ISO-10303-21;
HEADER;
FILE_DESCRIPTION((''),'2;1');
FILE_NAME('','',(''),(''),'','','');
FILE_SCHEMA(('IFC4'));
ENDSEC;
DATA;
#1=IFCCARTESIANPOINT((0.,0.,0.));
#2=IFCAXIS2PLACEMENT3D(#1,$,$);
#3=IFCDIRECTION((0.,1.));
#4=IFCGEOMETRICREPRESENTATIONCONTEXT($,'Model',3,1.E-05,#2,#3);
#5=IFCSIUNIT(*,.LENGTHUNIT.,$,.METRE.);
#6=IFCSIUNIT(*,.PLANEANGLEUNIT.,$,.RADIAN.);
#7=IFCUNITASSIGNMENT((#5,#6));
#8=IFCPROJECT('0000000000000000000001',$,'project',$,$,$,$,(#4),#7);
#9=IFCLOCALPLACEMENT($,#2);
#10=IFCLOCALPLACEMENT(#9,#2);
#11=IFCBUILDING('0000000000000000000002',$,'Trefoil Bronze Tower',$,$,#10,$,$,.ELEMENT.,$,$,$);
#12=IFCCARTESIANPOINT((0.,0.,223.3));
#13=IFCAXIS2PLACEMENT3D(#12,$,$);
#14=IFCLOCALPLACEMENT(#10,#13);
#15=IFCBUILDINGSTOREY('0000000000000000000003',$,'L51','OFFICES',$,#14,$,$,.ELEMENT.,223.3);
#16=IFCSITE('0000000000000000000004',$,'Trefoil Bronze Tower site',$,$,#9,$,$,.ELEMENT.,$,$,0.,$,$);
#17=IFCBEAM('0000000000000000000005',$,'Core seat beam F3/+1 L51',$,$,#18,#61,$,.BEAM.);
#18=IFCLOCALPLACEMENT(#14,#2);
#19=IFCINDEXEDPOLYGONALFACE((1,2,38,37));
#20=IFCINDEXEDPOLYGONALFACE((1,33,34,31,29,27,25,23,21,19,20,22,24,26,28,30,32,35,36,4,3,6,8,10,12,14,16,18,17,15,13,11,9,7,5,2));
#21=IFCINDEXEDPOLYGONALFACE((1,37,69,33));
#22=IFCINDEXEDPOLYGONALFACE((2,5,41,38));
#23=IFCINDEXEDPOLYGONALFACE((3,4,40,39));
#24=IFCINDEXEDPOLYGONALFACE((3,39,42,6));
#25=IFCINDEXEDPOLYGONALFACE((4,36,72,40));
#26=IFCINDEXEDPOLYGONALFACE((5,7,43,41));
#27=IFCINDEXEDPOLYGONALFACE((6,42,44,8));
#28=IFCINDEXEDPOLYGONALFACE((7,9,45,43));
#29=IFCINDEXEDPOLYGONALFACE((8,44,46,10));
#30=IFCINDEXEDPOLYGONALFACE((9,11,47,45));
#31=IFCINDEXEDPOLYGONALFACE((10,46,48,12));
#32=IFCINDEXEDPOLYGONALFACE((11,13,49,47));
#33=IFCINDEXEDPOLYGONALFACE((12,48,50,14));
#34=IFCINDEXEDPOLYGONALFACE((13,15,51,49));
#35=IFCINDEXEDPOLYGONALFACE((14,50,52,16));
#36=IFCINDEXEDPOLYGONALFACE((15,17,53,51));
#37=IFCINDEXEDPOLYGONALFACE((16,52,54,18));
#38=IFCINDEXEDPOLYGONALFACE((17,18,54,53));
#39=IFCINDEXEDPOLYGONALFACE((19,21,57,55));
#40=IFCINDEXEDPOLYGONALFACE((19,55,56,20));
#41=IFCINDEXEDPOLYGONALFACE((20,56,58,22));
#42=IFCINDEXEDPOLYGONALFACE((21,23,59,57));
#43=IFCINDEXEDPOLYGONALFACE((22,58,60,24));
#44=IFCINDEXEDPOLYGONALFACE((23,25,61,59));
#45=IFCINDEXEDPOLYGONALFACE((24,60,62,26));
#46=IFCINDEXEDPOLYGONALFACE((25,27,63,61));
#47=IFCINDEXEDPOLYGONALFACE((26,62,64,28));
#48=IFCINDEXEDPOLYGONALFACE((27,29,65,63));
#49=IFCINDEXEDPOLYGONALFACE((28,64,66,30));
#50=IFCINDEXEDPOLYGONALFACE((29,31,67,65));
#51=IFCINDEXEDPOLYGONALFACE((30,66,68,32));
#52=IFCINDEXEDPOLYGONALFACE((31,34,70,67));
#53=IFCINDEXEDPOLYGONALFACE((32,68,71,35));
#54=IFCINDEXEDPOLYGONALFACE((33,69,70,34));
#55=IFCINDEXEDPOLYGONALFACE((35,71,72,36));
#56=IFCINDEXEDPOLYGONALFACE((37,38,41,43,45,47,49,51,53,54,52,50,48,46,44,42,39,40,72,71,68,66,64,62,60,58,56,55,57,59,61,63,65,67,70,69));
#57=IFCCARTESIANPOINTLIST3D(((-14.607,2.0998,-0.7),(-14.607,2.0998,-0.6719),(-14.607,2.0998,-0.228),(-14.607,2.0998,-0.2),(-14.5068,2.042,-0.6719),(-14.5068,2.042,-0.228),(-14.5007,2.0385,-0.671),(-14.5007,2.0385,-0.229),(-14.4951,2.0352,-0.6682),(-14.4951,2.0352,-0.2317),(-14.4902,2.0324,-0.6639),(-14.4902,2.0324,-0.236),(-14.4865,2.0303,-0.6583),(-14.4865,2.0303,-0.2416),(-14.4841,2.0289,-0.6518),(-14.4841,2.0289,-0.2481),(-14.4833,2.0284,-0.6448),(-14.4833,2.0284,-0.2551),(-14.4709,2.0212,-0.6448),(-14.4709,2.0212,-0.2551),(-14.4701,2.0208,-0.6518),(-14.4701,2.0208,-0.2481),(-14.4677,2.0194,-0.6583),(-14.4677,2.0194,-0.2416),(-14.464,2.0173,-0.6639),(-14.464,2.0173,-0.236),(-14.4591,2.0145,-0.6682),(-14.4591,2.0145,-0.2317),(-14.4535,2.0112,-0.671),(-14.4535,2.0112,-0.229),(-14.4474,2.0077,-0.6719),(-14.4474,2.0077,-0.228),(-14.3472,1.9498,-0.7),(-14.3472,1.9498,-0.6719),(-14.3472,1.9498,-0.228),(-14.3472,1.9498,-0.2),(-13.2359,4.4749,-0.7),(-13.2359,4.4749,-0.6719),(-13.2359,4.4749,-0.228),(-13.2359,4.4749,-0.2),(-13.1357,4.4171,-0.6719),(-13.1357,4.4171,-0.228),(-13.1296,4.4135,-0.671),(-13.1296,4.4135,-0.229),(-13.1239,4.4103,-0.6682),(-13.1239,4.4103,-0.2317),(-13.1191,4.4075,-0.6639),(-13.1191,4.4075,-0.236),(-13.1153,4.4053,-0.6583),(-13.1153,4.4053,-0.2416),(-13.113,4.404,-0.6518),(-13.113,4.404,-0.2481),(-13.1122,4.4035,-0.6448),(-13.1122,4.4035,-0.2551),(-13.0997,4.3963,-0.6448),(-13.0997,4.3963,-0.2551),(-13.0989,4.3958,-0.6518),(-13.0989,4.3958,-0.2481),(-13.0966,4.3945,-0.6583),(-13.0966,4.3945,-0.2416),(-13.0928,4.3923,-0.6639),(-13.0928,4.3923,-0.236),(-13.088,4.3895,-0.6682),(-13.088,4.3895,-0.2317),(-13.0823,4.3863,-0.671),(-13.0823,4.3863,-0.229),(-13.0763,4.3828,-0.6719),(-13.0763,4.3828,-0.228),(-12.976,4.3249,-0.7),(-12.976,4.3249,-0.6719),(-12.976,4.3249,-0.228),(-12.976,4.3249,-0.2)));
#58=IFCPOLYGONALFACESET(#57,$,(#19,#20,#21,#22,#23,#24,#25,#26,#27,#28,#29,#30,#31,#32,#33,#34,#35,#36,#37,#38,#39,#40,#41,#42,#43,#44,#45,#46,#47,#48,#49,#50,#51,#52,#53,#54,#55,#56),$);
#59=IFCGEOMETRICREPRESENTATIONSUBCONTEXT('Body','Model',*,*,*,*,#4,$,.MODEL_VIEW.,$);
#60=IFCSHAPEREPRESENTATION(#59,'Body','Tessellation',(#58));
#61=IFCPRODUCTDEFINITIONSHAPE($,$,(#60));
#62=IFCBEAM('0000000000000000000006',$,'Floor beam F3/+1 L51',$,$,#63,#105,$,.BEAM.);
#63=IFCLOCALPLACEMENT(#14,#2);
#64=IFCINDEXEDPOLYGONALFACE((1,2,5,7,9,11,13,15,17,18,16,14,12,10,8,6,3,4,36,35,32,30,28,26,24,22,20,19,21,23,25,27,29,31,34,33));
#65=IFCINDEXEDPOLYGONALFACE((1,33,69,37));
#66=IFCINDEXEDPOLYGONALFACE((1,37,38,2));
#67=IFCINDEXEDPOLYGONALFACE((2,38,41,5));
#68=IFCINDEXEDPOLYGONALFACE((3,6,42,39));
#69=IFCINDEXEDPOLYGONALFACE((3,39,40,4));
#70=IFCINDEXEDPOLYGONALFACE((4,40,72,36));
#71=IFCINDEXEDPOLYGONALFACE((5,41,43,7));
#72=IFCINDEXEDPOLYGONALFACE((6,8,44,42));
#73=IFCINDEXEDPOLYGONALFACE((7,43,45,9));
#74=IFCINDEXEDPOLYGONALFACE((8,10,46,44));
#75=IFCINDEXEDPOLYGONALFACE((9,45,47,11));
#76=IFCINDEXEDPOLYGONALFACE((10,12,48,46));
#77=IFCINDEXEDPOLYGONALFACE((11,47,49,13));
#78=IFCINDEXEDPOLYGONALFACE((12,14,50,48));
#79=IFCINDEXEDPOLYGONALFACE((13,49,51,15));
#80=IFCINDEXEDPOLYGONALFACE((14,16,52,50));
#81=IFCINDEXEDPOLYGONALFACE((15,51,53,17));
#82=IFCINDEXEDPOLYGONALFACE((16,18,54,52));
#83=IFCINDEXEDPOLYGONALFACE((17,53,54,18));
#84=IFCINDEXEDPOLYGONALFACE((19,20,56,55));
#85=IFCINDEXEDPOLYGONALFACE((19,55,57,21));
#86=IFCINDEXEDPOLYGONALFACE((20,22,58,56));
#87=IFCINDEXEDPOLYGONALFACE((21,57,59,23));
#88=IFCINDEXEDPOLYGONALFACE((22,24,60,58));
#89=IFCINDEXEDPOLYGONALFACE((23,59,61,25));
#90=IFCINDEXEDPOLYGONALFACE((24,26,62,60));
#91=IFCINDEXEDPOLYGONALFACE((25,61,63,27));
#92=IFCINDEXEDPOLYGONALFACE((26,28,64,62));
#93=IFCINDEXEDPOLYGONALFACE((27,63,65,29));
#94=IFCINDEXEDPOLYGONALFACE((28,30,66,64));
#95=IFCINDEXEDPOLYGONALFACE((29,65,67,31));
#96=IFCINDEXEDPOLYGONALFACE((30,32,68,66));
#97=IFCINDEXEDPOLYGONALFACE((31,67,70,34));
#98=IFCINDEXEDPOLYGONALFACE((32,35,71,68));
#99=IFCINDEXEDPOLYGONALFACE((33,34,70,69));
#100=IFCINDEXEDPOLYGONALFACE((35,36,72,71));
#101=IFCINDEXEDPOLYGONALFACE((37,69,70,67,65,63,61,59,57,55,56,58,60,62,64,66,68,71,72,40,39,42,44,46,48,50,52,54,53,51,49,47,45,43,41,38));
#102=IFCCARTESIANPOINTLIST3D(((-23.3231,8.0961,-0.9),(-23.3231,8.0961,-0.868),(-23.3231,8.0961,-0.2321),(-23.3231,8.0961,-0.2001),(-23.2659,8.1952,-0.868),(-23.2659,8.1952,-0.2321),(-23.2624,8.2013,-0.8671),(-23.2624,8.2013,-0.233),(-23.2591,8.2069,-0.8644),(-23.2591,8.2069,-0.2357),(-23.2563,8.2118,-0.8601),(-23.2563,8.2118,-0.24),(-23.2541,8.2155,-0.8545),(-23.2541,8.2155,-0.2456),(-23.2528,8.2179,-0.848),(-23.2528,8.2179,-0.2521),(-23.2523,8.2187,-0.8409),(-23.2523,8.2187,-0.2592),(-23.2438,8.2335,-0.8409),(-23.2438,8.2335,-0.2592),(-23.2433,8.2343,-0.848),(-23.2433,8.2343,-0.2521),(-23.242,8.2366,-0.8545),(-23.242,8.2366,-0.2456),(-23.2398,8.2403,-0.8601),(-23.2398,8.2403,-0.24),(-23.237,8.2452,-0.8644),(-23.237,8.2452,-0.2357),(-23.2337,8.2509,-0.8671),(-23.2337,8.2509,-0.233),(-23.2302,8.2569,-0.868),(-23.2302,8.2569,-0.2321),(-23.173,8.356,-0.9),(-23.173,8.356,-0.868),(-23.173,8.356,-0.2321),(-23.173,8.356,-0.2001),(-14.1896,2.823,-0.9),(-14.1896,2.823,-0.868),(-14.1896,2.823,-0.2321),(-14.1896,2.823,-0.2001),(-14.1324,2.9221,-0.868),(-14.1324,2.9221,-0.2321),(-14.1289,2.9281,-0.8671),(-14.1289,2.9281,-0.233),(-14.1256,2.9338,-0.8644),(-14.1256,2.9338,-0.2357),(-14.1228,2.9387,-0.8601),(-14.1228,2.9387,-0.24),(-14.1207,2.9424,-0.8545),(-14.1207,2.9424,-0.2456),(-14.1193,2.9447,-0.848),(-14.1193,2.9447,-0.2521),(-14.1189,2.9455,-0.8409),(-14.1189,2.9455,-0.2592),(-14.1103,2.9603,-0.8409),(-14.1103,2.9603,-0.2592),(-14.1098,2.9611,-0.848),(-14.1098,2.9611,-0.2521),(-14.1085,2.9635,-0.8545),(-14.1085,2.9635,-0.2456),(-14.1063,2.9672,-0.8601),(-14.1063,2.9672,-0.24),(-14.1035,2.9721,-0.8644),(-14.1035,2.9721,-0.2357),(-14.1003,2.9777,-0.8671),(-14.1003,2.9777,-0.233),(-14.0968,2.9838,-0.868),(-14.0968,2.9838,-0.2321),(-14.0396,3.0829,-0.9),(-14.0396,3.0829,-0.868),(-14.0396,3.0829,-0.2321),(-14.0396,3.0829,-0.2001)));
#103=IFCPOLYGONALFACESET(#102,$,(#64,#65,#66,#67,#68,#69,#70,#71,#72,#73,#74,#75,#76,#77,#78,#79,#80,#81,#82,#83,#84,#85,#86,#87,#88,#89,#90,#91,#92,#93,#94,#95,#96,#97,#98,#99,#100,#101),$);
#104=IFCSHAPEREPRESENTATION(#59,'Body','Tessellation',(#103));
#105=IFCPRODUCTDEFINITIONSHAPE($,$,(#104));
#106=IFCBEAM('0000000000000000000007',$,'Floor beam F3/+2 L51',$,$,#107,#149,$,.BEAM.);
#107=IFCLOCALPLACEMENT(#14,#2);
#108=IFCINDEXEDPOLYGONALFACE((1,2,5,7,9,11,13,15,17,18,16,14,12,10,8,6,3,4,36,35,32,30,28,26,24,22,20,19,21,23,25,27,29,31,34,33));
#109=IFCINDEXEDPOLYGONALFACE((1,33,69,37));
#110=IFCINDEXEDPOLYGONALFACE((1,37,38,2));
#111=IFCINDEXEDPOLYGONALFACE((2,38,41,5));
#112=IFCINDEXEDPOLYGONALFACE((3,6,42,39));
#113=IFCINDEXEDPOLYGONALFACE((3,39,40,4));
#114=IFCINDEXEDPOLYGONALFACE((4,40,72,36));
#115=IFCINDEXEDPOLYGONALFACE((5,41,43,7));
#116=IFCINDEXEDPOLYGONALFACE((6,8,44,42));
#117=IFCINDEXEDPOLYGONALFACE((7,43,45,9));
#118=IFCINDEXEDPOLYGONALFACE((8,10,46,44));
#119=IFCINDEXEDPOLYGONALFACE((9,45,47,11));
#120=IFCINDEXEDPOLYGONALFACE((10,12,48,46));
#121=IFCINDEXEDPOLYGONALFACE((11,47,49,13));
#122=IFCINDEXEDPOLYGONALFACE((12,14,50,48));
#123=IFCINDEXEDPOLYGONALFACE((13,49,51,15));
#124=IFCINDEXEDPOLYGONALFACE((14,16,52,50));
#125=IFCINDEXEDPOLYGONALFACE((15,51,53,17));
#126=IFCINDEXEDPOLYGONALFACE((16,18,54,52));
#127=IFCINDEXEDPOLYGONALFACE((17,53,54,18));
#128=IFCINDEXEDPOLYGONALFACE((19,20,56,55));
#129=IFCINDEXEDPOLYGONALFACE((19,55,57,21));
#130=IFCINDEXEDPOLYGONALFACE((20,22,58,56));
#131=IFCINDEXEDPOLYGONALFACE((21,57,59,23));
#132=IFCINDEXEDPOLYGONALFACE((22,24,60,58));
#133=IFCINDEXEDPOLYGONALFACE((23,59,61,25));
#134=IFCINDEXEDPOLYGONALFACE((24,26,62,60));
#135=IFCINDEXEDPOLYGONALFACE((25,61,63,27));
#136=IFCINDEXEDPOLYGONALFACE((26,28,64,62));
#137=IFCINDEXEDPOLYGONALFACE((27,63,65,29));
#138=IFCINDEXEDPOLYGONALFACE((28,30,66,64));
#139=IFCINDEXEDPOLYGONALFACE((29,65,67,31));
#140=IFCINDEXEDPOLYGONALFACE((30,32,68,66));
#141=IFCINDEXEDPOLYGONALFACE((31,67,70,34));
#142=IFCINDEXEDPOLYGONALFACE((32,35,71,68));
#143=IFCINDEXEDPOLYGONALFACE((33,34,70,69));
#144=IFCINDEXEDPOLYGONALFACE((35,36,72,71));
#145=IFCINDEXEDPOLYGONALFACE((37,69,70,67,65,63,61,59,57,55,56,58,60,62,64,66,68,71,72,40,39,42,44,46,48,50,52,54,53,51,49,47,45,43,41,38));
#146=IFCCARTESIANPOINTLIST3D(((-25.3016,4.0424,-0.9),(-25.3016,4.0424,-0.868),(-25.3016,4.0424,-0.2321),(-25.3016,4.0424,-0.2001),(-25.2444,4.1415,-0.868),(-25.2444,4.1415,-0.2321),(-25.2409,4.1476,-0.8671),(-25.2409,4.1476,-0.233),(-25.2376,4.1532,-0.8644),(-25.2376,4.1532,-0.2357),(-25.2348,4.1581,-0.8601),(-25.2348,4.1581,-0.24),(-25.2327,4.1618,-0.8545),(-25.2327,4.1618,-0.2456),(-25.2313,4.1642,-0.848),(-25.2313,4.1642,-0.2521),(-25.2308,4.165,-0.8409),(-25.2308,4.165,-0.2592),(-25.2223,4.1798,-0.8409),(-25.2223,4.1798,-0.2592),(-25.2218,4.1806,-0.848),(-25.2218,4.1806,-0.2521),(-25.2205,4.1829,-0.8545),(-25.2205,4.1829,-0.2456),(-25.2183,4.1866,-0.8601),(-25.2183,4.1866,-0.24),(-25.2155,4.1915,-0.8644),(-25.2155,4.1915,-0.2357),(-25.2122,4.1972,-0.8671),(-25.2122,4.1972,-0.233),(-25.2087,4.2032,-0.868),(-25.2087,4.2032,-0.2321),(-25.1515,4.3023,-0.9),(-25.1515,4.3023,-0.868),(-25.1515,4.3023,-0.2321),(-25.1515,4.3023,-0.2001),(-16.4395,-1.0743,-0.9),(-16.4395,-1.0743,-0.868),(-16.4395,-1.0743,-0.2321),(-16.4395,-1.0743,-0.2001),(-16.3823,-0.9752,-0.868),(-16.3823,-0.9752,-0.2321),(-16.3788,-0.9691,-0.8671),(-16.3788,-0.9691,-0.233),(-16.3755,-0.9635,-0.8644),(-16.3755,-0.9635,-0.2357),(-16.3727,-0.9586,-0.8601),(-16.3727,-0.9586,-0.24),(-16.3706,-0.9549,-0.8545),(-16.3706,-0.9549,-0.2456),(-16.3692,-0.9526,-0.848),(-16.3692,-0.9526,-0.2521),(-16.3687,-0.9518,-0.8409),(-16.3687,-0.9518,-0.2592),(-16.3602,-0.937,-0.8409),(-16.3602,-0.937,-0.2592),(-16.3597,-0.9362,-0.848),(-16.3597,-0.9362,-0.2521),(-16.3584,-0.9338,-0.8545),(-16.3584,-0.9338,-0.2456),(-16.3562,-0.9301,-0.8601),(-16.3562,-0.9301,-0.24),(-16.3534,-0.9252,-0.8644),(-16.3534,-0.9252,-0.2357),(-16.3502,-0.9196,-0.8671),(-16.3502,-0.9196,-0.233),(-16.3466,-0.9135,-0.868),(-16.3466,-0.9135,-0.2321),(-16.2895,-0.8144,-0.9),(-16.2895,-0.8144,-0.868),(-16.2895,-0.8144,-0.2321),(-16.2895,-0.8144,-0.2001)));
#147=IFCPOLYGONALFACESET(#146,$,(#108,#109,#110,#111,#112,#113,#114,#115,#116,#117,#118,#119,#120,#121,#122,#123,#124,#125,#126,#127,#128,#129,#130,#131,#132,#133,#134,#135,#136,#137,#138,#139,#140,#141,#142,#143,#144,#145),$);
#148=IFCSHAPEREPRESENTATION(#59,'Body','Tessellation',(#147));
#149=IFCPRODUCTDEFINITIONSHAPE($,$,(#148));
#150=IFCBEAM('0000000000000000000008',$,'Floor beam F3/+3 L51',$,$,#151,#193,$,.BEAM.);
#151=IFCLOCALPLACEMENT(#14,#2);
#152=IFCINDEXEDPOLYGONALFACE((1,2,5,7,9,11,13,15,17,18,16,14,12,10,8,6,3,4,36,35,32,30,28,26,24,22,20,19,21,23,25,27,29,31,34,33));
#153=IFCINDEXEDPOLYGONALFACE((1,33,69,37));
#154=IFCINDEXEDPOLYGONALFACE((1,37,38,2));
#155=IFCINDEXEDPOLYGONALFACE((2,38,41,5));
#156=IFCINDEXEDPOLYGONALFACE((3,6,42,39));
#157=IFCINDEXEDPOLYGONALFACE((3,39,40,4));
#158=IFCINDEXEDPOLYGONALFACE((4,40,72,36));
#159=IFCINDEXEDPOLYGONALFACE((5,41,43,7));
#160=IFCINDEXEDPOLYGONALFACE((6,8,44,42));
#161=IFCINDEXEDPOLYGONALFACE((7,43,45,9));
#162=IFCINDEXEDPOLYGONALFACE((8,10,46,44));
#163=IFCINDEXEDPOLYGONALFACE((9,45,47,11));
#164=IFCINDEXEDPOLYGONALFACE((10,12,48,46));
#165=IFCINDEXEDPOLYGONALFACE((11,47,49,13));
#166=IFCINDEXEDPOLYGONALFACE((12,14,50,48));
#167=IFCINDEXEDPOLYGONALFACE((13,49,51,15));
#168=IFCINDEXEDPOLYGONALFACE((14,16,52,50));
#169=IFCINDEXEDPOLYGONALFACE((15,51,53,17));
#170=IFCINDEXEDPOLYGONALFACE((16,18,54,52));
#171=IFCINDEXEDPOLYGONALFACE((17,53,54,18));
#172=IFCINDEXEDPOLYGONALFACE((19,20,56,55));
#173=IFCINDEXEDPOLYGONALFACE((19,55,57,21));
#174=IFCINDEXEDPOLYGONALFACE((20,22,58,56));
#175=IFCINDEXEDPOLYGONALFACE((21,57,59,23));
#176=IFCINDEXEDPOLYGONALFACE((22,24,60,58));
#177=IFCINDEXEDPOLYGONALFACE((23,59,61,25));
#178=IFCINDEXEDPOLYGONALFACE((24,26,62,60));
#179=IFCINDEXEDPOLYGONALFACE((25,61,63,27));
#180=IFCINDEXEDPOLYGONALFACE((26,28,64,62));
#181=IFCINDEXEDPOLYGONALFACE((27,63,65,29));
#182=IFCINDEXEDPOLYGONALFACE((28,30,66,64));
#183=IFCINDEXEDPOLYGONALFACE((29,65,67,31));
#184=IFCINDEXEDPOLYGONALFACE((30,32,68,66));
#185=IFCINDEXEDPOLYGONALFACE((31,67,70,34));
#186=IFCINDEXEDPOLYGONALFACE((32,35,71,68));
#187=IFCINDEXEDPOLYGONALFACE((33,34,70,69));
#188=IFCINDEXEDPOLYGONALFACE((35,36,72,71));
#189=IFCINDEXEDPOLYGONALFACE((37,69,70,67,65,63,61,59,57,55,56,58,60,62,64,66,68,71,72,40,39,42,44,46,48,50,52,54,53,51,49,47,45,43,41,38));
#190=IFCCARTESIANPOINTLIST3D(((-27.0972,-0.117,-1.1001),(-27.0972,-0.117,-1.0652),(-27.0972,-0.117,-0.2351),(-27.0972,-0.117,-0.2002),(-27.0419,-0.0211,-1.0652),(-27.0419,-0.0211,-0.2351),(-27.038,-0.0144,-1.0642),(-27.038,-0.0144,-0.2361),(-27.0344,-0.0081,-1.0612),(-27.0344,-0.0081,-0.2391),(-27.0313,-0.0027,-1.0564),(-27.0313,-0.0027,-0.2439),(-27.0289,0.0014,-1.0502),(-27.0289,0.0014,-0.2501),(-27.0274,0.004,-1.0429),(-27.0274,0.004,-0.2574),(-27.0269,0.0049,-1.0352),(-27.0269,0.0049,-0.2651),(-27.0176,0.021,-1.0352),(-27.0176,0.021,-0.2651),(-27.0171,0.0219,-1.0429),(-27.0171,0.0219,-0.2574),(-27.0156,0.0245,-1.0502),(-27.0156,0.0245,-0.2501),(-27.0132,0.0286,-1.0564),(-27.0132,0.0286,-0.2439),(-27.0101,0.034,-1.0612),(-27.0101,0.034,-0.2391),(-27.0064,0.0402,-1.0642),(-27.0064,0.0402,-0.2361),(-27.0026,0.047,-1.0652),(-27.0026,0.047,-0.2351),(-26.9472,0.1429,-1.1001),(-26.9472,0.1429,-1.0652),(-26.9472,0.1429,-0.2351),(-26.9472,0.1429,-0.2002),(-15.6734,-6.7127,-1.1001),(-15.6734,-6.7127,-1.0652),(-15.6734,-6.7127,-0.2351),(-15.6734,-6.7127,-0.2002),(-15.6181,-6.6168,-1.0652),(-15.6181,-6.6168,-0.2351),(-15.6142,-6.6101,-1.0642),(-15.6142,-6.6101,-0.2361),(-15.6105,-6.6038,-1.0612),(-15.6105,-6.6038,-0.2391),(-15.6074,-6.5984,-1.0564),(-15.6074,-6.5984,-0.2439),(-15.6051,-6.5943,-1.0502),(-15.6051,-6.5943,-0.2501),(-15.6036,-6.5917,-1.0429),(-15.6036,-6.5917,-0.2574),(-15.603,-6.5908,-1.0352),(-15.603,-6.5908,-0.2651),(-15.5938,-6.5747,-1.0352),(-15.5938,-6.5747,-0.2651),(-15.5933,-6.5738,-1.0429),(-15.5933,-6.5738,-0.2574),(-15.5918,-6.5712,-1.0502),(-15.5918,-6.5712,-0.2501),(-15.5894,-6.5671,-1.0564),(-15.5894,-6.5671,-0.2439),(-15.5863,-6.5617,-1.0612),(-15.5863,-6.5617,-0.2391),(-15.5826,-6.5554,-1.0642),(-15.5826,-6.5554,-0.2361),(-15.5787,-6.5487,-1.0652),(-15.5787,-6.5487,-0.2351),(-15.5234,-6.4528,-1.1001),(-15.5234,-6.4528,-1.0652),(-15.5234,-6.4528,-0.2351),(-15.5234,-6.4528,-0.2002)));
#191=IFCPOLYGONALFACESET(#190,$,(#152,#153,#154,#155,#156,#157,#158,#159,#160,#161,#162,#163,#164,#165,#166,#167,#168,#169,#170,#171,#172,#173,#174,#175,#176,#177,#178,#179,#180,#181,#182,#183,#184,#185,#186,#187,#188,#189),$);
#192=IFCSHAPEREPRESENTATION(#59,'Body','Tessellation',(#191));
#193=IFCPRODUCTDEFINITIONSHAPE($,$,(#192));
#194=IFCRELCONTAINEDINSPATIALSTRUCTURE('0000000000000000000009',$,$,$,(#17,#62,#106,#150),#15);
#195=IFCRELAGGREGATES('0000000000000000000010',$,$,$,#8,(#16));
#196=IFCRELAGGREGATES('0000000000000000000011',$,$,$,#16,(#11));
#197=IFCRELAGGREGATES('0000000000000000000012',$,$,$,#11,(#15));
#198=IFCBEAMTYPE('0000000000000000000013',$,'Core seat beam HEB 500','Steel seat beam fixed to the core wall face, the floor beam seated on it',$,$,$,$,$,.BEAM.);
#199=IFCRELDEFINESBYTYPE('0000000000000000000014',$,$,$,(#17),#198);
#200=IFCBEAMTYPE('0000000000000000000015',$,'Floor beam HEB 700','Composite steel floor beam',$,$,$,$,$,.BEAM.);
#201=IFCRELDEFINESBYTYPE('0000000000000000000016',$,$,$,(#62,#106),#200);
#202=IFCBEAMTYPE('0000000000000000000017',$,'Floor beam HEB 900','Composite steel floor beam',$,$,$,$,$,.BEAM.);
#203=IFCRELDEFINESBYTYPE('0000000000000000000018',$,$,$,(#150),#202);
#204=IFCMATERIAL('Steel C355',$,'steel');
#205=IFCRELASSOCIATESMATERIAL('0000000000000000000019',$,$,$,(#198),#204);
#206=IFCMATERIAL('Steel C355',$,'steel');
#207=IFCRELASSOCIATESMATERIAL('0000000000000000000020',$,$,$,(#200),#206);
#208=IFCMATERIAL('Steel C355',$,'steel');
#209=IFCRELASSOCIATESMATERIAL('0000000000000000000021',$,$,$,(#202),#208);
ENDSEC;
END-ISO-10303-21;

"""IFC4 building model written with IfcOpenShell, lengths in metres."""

from ifc_helpers import new_model, si_unit, direction, frame, origin, origin_2d, place, context, subcontext, project, spatial, i_section, extrude, material, material_profile, profile_set, type_object, element, save


model = new_model("IFC4")

# Units and contexts
model_context = context("Model", 3, precision=1e-05, world=origin(), true_north=direction((0.0, 1.0)))
body_context = subcontext(model_context, "Body", "Model", "MODEL_VIEW")
ifc_project = project(units=[si_unit("LENGTHUNIT", "METRE"), si_unit("PLANEANGLEUNIT", "RADIAN")], contexts=[model_context])

# Site, building, storey
site_placement = place(None, origin())
site = spatial("IfcSite", under=ifc_project, at=site_placement, Name="Trefoil Bronze Tower site", CompositionType="ELEMENT", RefElevation=0.0)
building_placement = place(site_placement, origin())
building = spatial("IfcBuilding", under=site, at=building_placement, Name="Trefoil Bronze Tower", CompositionType="ELEMENT")
storey_placement = place(building_placement, frame((0.0, 0.0, 223.3)))
storey = spatial("IfcBuildingStorey", under=building, at=storey_placement, Name="L51", Description="OFFICES", CompositionType="ELEMENT", Elevation=223.3)

# Beams
ifc_material_1 = material(Name="Steel C355", Category="steel")
ifc_material_profile_1 = material_profile(ifc_material_1, i_section(OverallWidth=0.3, OverallDepth=0.5, WebThickness=0.0144, FlangeThickness=0.0281, FilletRadius=0.0271, at=origin_2d()), Name="HEB 500")
ifc_profile_set_1 = profile_set([ifc_material_profile_1], Name="Steel C355")
beam_type_1 = type_object("IfcBeamType", Name="Core seat beam HEB 500", Description="Steel seat beam fixed to the core wall face, the floor beam seated on it", PredefinedType="BEAM", material=ifc_profile_set_1)
for number, where, z_axis, x_axis, name in (
    (1, (-13.106, 4.3999, -0.45), (-0.499969, -0.866043, 0.0), (0.866043, -0.499969, 0.0), "Core seat beam F3/+1 L51"),
):
    element("IfcBeam", number, at=place(storey_placement, frame(where, z_axis=z_axis, x_axis=x_axis)), inside=storey, type_object=beam_type_1, Name=name, PredefinedType="BEAM", context=body_context, shape_type="SweptSolid", body=[
        extrude(i_section(OverallWidth=0.3, OverallDepth=0.5, WebThickness=0.0144, FlangeThickness=0.0281, FilletRadius=0.0271, at=origin_2d()), origin(), (0.0, 0.0, 1.0), 2.7424),
    ])
ifc_material_2 = material(Name="Steel C355", Category="steel")
ifc_material_profile_2 = material_profile(ifc_material_2, i_section(OverallWidth=0.3, OverallDepth=0.7, WebThickness=0.0171, FlangeThickness=0.032, FilletRadius=0.0271, at=origin_2d()), Name="HEB 700")
ifc_profile_set_2 = profile_set([ifc_material_profile_2], Name="Steel C355")
beam_type_2 = type_object("IfcBeamType", Name="Floor beam HEB 700", Description="Composite steel floor beam", PredefinedType="BEAM", material=ifc_profile_set_2)
beam_1_placement = place(storey_placement, frame((-23.248, 8.2261, -0.55), z_axis=(0.866028, -0.499996, 0.0), x_axis=(0.499996, 0.866028, 0.0)))
element("IfcBeam", 2, at=beam_1_placement, inside=storey, type_object=beam_type_2, Name="Floor beam F3/+1 L51", PredefinedType="BEAM", context=body_context, shape_type="SweptSolid", body=[
    extrude(i_section(OverallWidth=0.3, OverallDepth=0.7, WebThickness=0.0171, FlangeThickness=0.032, FilletRadius=0.0271, at=origin_2d()), origin(), (0.0, 0.0, 1.0), 10.5464),
])
beam_2_placement = place(storey_placement, frame((-25.2266, 4.1724, -0.55), z_axis=(0.866018, -0.500014, 0.0), x_axis=(0.500014, 0.866018, 0.0)))
element("IfcBeam", 3, at=beam_2_placement, inside=storey, type_object=beam_type_2, Name="Floor beam F3/+2 L51", PredefinedType="BEAM", context=body_context, shape_type="SweptSolid", body=[
    extrude(i_section(OverallWidth=0.3, OverallDepth=0.7, WebThickness=0.0171, FlangeThickness=0.032, FilletRadius=0.0271, at=origin_2d()), origin(), (0.0, 0.0, 1.0), 10.2332),
])
ifc_material_3 = material(Name="Steel C355", Category="steel")
ifc_material_profile_3 = material_profile(ifc_material_3, i_section(OverallWidth=0.3, OverallDepth=0.8999, WebThickness=0.0186, FlangeThickness=0.0349, FilletRadius=0.03, at=origin_2d()), Name="HEB 900")
ifc_profile_set_3 = profile_set([ifc_material_profile_3], Name="Steel C355")
beam_type_3 = type_object("IfcBeamType", Name="Floor beam HEB 900", Description="Composite steel floor beam", PredefinedType="BEAM", material=ifc_profile_set_3)
beam_3_placement = place(storey_placement, frame((-27.0222, 0.0129, -0.6501), z_axis=(0.86602, -0.500009, 0.0), x_axis=(0.500009, 0.86602, 0.0)))
element("IfcBeam", 4, at=beam_3_placement, inside=storey, type_object=beam_type_3, Name="Floor beam F3/+3 L51", PredefinedType="BEAM", context=body_context, shape_type="SweptSolid", body=[
    extrude(i_section(OverallWidth=0.3, OverallDepth=0.8999, WebThickness=0.0186, FlangeThickness=0.0349, FilletRadius=0.03, at=origin_2d()), origin(), (0.0, 0.0, 1.0), 13.1912),
])

save(model, "model.ifc")
